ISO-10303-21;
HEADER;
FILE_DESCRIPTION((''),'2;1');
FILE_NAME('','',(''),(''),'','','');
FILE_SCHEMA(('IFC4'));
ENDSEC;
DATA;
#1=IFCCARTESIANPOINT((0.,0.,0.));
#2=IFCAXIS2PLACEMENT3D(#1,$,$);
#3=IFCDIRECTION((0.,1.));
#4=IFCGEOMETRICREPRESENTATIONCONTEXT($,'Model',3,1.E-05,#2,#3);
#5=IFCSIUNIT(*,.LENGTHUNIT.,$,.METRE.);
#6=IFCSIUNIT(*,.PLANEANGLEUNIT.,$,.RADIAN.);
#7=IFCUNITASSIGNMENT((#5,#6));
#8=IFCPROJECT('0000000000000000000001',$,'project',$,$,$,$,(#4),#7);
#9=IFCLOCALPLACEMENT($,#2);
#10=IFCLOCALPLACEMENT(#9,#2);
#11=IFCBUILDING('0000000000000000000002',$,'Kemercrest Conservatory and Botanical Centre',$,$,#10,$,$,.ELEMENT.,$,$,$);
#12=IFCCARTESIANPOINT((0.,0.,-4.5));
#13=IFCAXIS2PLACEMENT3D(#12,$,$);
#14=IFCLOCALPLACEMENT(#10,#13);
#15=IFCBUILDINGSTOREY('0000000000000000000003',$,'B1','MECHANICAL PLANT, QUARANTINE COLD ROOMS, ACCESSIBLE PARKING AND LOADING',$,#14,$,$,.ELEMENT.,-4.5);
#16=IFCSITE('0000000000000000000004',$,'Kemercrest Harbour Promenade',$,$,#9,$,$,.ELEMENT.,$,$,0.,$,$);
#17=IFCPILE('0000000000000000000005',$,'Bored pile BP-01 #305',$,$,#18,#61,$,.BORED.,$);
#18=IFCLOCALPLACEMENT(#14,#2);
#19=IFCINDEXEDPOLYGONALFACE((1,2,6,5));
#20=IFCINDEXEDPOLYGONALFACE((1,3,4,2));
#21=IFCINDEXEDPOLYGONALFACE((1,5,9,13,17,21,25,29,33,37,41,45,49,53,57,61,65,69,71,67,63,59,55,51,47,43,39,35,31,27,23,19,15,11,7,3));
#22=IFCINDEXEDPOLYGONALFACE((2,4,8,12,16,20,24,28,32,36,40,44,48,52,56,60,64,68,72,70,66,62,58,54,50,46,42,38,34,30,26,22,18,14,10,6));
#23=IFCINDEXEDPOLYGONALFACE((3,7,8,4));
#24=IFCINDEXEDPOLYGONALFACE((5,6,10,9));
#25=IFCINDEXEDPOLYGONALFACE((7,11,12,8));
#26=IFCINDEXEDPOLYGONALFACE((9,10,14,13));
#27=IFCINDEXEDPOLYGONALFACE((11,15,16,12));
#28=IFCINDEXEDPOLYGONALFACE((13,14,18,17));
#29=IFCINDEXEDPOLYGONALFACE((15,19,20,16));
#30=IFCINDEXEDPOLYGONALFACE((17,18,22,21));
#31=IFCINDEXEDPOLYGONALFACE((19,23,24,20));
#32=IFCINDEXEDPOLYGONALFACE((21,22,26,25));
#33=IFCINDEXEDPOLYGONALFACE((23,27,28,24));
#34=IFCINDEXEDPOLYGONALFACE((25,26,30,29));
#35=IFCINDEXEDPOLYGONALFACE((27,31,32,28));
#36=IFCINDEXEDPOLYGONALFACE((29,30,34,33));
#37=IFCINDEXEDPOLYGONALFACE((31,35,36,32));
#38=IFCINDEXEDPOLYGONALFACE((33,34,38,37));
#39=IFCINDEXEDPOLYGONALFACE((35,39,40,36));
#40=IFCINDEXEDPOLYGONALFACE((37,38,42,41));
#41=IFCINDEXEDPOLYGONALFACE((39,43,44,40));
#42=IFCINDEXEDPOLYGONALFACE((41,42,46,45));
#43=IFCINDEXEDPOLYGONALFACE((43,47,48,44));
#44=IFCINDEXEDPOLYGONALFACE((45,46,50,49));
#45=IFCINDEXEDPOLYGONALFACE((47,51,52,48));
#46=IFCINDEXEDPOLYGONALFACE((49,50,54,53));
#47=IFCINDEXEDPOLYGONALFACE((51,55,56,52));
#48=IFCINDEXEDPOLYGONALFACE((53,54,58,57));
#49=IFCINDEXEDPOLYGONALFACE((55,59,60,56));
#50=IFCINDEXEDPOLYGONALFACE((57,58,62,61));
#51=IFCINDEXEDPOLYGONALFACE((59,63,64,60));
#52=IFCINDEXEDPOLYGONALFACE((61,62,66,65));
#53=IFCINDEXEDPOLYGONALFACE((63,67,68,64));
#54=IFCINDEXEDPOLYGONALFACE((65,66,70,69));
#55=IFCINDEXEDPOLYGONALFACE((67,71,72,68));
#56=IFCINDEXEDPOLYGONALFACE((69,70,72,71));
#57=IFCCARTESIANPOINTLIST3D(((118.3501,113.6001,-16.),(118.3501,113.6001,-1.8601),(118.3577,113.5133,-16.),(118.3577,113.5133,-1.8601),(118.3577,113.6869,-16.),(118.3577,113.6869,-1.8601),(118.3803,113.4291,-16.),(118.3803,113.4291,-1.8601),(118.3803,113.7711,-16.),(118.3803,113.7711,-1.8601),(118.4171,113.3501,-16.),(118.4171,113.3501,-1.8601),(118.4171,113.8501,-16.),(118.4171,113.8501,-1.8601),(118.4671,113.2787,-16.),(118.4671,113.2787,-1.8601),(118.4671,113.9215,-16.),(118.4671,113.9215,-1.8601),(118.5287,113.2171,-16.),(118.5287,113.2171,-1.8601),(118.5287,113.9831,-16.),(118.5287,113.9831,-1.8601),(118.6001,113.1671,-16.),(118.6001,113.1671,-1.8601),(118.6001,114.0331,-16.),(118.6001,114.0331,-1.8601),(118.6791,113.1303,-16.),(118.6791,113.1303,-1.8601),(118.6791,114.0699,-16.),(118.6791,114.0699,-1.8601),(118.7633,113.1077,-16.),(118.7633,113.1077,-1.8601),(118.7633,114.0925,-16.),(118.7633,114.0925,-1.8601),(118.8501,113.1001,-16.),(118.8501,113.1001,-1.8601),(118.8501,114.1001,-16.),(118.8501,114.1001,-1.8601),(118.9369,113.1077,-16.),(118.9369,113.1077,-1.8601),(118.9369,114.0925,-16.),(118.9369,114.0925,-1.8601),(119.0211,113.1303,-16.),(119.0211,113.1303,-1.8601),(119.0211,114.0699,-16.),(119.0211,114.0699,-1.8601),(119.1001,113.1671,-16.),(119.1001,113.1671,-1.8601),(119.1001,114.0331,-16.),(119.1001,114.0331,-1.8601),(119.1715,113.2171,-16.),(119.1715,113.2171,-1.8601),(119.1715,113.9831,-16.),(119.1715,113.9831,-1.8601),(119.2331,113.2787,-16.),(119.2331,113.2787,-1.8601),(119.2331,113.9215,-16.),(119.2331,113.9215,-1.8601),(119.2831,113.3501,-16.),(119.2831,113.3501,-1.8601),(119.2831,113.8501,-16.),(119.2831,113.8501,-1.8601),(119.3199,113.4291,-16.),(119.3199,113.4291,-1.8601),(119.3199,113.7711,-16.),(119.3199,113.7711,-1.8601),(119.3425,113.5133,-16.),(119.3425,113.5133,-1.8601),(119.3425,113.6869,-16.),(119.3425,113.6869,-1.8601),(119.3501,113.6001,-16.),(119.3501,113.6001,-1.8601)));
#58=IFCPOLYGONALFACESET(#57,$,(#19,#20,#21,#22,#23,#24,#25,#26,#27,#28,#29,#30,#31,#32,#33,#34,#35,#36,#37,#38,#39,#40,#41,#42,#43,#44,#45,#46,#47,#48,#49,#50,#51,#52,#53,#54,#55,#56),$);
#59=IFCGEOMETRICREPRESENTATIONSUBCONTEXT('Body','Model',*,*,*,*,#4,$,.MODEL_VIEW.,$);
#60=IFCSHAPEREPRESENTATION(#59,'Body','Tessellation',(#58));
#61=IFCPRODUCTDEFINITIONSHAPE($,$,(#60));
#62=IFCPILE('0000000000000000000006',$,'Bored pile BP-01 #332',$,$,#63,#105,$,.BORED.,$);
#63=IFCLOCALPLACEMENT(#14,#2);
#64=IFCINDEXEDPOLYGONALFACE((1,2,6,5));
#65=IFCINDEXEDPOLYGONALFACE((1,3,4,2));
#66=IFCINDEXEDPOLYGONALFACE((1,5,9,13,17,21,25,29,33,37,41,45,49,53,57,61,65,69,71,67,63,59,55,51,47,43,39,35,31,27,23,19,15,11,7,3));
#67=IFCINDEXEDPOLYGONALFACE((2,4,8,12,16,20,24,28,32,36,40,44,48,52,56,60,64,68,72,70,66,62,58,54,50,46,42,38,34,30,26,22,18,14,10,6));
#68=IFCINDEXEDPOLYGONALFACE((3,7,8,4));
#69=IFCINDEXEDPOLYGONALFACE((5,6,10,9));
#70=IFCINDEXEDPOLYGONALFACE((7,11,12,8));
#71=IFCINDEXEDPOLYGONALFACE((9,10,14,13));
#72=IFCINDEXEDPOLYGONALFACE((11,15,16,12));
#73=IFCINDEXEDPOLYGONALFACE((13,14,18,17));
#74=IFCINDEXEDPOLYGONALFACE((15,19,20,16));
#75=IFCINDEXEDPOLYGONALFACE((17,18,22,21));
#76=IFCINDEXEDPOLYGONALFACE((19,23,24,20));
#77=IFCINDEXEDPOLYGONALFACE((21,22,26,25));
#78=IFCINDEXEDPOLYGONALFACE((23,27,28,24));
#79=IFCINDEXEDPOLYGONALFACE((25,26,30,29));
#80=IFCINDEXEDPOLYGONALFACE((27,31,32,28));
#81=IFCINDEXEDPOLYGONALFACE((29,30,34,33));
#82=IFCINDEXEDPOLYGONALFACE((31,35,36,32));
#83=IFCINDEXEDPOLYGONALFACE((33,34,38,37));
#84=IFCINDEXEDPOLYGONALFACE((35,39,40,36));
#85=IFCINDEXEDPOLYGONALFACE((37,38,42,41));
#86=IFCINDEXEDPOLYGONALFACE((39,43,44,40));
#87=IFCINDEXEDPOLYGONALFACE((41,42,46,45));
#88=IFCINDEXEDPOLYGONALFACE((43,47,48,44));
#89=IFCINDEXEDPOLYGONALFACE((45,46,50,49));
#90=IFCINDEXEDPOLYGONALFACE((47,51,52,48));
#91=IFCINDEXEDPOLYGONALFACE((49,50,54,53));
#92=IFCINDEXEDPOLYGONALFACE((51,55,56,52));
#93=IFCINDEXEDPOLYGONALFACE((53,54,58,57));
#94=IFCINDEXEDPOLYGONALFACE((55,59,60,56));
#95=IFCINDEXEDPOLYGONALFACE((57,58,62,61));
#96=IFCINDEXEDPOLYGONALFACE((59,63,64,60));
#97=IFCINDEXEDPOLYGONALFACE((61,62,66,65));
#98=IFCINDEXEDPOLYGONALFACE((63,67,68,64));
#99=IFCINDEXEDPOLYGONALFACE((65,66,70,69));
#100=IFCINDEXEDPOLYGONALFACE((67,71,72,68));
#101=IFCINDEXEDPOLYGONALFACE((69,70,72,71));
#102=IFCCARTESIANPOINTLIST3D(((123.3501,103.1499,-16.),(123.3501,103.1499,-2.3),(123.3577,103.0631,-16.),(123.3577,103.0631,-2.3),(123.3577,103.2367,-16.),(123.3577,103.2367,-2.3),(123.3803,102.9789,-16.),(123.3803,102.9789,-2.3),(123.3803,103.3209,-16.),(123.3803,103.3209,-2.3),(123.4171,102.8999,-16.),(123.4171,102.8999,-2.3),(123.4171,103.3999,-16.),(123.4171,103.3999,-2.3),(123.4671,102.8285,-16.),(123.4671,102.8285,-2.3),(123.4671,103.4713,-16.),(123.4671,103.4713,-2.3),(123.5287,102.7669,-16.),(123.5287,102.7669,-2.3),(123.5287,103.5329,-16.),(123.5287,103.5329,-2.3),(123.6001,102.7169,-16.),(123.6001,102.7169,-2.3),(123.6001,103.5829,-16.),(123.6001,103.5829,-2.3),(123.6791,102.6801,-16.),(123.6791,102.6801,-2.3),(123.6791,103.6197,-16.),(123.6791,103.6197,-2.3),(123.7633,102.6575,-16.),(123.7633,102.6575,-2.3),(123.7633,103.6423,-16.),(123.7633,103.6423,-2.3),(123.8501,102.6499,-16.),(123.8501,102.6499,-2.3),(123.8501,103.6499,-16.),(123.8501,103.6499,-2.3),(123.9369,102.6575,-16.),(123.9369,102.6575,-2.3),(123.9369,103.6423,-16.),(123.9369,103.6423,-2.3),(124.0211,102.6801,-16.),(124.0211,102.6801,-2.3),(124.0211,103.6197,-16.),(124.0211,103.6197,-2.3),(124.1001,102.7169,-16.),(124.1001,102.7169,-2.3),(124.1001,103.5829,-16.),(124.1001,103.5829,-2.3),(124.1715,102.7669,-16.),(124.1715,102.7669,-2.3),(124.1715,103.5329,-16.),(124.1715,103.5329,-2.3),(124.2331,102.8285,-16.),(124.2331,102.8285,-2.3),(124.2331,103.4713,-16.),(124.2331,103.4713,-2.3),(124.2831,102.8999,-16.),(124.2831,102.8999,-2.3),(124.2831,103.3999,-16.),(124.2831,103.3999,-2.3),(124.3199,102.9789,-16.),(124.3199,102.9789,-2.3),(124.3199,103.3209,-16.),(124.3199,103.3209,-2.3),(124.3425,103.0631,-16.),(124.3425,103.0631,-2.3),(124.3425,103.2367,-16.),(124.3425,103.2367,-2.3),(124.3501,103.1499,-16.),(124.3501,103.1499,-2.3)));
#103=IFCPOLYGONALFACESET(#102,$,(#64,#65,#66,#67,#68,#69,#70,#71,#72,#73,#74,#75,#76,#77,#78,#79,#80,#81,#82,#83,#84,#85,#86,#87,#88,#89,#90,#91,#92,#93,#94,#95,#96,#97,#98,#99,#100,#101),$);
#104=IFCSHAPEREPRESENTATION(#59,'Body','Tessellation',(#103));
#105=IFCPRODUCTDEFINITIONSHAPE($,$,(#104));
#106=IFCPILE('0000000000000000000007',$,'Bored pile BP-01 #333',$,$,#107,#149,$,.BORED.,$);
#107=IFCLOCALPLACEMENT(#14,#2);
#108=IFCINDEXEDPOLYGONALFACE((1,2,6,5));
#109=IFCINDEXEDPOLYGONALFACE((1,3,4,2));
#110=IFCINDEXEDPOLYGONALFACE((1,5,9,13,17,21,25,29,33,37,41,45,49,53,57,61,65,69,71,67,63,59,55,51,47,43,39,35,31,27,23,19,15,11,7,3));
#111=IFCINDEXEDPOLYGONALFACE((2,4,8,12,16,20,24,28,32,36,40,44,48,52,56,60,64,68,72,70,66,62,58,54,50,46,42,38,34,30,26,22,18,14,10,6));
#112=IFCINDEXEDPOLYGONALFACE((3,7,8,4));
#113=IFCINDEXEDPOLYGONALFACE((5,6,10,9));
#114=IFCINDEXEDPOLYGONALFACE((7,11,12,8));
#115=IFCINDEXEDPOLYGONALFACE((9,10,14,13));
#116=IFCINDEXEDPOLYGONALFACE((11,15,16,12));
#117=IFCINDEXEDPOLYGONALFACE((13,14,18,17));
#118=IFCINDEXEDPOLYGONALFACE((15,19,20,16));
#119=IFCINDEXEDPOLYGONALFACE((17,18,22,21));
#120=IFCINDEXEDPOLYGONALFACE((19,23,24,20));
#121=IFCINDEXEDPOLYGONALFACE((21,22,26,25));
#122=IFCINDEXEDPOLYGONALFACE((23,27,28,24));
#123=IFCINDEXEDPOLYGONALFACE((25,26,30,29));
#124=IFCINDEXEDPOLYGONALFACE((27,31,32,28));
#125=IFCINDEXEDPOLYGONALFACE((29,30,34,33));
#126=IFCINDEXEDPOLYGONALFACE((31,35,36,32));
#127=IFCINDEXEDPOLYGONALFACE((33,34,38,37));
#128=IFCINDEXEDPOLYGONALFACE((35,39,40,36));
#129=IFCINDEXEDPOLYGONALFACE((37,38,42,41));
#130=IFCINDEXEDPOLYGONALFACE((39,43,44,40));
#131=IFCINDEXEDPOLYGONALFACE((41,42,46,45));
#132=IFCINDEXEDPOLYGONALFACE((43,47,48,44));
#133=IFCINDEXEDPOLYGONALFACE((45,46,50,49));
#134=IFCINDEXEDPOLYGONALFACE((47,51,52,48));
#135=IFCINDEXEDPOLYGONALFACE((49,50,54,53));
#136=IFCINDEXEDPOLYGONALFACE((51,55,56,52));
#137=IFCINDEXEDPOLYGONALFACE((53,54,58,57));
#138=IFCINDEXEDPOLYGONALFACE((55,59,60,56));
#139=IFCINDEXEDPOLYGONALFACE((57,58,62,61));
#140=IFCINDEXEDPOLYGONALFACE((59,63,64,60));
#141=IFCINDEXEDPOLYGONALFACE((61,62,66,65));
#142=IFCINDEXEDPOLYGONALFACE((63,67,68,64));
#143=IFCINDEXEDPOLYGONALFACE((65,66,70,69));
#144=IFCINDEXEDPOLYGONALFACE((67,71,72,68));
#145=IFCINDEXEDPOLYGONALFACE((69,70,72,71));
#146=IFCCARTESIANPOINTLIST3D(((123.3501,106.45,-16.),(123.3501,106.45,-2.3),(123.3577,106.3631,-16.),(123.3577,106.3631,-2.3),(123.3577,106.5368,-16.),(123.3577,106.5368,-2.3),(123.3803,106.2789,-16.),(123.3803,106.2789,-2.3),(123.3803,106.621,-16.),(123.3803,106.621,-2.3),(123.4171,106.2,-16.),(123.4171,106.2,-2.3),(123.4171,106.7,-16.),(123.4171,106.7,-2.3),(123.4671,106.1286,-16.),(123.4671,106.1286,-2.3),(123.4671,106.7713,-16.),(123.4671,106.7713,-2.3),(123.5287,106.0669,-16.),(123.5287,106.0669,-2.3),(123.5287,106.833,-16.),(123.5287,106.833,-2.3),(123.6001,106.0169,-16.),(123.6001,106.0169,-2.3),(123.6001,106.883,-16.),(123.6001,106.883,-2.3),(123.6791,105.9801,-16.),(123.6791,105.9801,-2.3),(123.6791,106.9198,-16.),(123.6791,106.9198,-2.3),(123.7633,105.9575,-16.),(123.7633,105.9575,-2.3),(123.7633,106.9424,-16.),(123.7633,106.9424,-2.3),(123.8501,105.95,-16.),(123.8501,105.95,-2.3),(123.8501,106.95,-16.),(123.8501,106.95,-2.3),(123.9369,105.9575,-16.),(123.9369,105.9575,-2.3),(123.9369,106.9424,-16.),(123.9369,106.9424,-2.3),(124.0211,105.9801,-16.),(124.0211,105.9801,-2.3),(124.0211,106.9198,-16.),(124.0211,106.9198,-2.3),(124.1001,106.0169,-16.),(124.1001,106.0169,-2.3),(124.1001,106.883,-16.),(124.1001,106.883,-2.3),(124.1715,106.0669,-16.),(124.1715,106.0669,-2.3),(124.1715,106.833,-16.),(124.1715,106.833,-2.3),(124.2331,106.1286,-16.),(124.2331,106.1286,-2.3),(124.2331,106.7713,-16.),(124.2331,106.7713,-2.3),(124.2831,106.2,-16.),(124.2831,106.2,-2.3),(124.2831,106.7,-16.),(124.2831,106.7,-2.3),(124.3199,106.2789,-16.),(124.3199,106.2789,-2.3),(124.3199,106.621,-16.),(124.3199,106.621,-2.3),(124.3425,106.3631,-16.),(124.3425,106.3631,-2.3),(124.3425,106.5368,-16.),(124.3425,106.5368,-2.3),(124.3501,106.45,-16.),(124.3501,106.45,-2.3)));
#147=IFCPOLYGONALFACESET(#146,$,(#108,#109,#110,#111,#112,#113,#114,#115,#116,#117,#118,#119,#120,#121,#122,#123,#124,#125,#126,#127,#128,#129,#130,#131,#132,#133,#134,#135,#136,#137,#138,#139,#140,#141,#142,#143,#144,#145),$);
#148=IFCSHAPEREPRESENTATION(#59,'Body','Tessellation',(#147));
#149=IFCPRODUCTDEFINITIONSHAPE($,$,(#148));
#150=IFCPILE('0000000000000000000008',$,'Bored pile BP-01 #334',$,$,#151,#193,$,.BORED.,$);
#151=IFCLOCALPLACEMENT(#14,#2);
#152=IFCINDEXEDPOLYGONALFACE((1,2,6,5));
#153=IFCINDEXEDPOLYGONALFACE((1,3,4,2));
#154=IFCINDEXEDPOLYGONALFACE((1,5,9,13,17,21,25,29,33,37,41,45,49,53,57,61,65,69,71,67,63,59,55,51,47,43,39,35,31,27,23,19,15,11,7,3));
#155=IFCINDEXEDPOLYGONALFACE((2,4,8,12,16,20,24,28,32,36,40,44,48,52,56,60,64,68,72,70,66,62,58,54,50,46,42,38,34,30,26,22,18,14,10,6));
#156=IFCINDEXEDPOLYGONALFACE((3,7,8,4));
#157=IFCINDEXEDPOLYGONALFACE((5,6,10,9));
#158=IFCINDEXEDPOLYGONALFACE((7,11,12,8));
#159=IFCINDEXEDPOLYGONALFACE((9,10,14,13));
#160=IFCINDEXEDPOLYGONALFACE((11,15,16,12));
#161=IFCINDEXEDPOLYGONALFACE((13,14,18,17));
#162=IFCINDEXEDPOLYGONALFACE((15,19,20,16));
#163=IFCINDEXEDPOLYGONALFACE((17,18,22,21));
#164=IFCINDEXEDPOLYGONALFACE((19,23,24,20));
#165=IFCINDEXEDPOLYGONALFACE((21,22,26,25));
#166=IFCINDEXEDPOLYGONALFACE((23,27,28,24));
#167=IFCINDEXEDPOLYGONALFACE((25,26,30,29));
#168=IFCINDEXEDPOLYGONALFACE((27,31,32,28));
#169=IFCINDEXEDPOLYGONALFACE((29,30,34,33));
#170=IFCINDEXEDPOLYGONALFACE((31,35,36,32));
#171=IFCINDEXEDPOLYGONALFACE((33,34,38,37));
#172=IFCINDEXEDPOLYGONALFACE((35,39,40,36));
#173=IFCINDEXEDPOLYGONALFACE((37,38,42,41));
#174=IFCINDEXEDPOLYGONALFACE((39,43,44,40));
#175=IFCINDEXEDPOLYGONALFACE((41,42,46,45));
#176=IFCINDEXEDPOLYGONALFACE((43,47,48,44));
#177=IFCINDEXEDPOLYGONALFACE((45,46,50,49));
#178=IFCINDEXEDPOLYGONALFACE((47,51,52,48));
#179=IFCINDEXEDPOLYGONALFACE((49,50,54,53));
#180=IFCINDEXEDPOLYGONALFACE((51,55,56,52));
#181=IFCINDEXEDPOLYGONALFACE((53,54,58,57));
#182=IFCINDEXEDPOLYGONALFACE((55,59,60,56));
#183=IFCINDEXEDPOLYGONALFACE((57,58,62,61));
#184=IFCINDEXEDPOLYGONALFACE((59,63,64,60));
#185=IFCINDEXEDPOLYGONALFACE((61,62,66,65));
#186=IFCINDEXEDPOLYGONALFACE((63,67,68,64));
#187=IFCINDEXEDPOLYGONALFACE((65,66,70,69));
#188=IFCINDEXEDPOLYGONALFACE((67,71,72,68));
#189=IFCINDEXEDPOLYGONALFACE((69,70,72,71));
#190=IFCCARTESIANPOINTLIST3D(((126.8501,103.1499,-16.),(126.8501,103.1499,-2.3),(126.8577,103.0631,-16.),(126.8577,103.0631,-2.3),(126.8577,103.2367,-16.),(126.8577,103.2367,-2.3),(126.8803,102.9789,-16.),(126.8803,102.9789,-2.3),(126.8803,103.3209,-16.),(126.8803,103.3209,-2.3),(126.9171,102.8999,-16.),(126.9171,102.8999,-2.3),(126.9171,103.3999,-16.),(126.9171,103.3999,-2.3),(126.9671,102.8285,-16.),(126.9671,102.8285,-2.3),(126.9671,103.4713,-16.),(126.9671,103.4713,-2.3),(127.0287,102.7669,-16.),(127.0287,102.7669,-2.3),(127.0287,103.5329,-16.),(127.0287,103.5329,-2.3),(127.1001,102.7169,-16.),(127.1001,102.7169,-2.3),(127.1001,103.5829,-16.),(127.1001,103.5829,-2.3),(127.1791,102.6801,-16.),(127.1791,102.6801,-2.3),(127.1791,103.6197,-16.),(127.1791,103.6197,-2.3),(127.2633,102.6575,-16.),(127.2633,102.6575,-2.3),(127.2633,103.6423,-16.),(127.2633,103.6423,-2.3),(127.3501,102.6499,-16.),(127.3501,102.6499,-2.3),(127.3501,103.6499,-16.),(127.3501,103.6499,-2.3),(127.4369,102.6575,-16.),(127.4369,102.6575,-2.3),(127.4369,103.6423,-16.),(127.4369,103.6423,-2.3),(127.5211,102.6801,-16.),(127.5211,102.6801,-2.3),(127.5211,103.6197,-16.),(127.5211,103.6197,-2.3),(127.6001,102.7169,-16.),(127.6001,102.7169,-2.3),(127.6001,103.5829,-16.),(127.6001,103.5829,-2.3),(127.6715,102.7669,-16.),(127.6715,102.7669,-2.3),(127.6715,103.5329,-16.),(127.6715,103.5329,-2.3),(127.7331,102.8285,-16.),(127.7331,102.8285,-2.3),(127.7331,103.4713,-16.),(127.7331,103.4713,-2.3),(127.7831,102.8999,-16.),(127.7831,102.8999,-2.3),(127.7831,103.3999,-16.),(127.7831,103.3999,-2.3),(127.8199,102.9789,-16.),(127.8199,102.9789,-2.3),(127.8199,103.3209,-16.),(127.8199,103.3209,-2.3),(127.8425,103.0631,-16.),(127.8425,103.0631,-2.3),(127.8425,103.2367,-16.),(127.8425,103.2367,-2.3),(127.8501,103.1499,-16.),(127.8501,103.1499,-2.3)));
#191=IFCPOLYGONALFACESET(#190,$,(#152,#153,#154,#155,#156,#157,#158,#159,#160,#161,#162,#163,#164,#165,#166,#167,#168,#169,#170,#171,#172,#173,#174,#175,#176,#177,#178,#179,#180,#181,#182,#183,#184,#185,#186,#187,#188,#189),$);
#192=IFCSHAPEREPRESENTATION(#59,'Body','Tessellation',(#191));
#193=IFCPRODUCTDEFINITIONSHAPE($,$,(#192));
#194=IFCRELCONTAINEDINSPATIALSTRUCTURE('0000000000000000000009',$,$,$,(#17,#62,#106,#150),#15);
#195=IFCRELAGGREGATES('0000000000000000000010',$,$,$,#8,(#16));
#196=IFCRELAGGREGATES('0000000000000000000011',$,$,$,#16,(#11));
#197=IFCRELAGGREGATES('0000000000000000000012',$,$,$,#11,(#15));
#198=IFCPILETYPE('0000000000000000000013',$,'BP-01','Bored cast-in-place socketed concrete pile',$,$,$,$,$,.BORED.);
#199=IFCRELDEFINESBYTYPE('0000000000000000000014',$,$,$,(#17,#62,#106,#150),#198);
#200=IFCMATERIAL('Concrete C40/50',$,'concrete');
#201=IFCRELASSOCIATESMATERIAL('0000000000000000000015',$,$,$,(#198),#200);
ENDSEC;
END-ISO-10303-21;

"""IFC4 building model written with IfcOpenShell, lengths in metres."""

from ifc_helpers import new_model, si_unit, direction, frame, origin, origin_2d, place, context, subcontext, project, spatial, circle, extrude, material, material_profile, profile_set, type_object, element, save


model = new_model("IFC4")

# Units and contexts
model_context = context("Model", 3, precision=1e-05, world=origin(), true_north=direction((0.0, 1.0)))
body_context = subcontext(model_context, "Body", "Model", "MODEL_VIEW")
ifc_project = project(units=[si_unit("LENGTHUNIT", "METRE"), si_unit("PLANEANGLEUNIT", "RADIAN")], contexts=[model_context])

# Site, building, storey
site_placement = place(None, origin())
site = spatial("IfcSite", under=ifc_project, at=site_placement, Name="Kemercrest Harbour Promenade", CompositionType="ELEMENT", RefElevation=0.0)
building_placement = place(site_placement, origin())
building = spatial("IfcBuilding", under=site, at=building_placement, Name="Kemercrest Conservatory and Botanical Centre", CompositionType="ELEMENT")
storey_placement = place(building_placement, frame((0.0, 0.0, -4.5)))
storey = spatial("IfcBuildingStorey", under=building, at=storey_placement, Name="B1", Description="MECHANICAL PLANT, QUARANTINE COLD ROOMS, ACCESSIBLE PARKING AND LOADING", CompositionType="ELEMENT", Elevation=-4.5)

# Piles
ifc_material_1 = material(Name="Concrete C40/50", Category="concrete")
ifc_material_profile_1 = material_profile(ifc_material_1, circle(Radius=0.5, at=origin_2d()), Name="BORED PILE 1000")
ifc_profile_set_1 = profile_set([ifc_material_profile_1], Name="Concrete C40/50")
pile_type = type_object("IfcPileType", Name="BP-01", Description="Bored cast-in-place socketed concrete pile", PredefinedType="BORED", material=ifc_profile_set_1)
pile_placement = place(storey_placement, frame((118.8501, 113.6001, -1.8601), z_axis=(0.0, 0.0, -1.0), x_axis=(1.0, 0.0, 0.0)))
element("IfcPile", 1, at=pile_placement, inside=storey, type_object=pile_type, Name="Bored pile BP-01 #305", PredefinedType="BORED", context=body_context, shape_type="SweptSolid", body=[
    extrude(circle(Radius=0.5, at=origin_2d()), origin(), (0.0, 0.0, 1.0), 14.1399),
])
for number, where, z_axis, x_axis, name in (
    (2, (123.8501, 103.1499, -2.3), (0.0, 0.0, -1.0), (1.0, 0.0, 0.0), "Bored pile BP-01 #332"),
    (3, (123.8501, 106.45, -2.3), (0.0, 0.0, -1.0), (1.0, 0.0, 0.0), "Bored pile BP-01 #333"),
    (4, (127.3501, 103.1499, -2.3), (0.0, 0.0, -1.0), (1.0, 0.0, 0.0), "Bored pile BP-01 #334"),
):
    element("IfcPile", number, at=place(storey_placement, frame(where, z_axis=z_axis, x_axis=x_axis)), inside=storey, type_object=pile_type, Name=name, PredefinedType="BORED", context=body_context, shape_type="SweptSolid", body=[
        extrude(circle(Radius=0.5, at=origin_2d()), origin(), (0.0, 0.0, 1.0), 13.7),
    ])

save(model, "model.ifc")
